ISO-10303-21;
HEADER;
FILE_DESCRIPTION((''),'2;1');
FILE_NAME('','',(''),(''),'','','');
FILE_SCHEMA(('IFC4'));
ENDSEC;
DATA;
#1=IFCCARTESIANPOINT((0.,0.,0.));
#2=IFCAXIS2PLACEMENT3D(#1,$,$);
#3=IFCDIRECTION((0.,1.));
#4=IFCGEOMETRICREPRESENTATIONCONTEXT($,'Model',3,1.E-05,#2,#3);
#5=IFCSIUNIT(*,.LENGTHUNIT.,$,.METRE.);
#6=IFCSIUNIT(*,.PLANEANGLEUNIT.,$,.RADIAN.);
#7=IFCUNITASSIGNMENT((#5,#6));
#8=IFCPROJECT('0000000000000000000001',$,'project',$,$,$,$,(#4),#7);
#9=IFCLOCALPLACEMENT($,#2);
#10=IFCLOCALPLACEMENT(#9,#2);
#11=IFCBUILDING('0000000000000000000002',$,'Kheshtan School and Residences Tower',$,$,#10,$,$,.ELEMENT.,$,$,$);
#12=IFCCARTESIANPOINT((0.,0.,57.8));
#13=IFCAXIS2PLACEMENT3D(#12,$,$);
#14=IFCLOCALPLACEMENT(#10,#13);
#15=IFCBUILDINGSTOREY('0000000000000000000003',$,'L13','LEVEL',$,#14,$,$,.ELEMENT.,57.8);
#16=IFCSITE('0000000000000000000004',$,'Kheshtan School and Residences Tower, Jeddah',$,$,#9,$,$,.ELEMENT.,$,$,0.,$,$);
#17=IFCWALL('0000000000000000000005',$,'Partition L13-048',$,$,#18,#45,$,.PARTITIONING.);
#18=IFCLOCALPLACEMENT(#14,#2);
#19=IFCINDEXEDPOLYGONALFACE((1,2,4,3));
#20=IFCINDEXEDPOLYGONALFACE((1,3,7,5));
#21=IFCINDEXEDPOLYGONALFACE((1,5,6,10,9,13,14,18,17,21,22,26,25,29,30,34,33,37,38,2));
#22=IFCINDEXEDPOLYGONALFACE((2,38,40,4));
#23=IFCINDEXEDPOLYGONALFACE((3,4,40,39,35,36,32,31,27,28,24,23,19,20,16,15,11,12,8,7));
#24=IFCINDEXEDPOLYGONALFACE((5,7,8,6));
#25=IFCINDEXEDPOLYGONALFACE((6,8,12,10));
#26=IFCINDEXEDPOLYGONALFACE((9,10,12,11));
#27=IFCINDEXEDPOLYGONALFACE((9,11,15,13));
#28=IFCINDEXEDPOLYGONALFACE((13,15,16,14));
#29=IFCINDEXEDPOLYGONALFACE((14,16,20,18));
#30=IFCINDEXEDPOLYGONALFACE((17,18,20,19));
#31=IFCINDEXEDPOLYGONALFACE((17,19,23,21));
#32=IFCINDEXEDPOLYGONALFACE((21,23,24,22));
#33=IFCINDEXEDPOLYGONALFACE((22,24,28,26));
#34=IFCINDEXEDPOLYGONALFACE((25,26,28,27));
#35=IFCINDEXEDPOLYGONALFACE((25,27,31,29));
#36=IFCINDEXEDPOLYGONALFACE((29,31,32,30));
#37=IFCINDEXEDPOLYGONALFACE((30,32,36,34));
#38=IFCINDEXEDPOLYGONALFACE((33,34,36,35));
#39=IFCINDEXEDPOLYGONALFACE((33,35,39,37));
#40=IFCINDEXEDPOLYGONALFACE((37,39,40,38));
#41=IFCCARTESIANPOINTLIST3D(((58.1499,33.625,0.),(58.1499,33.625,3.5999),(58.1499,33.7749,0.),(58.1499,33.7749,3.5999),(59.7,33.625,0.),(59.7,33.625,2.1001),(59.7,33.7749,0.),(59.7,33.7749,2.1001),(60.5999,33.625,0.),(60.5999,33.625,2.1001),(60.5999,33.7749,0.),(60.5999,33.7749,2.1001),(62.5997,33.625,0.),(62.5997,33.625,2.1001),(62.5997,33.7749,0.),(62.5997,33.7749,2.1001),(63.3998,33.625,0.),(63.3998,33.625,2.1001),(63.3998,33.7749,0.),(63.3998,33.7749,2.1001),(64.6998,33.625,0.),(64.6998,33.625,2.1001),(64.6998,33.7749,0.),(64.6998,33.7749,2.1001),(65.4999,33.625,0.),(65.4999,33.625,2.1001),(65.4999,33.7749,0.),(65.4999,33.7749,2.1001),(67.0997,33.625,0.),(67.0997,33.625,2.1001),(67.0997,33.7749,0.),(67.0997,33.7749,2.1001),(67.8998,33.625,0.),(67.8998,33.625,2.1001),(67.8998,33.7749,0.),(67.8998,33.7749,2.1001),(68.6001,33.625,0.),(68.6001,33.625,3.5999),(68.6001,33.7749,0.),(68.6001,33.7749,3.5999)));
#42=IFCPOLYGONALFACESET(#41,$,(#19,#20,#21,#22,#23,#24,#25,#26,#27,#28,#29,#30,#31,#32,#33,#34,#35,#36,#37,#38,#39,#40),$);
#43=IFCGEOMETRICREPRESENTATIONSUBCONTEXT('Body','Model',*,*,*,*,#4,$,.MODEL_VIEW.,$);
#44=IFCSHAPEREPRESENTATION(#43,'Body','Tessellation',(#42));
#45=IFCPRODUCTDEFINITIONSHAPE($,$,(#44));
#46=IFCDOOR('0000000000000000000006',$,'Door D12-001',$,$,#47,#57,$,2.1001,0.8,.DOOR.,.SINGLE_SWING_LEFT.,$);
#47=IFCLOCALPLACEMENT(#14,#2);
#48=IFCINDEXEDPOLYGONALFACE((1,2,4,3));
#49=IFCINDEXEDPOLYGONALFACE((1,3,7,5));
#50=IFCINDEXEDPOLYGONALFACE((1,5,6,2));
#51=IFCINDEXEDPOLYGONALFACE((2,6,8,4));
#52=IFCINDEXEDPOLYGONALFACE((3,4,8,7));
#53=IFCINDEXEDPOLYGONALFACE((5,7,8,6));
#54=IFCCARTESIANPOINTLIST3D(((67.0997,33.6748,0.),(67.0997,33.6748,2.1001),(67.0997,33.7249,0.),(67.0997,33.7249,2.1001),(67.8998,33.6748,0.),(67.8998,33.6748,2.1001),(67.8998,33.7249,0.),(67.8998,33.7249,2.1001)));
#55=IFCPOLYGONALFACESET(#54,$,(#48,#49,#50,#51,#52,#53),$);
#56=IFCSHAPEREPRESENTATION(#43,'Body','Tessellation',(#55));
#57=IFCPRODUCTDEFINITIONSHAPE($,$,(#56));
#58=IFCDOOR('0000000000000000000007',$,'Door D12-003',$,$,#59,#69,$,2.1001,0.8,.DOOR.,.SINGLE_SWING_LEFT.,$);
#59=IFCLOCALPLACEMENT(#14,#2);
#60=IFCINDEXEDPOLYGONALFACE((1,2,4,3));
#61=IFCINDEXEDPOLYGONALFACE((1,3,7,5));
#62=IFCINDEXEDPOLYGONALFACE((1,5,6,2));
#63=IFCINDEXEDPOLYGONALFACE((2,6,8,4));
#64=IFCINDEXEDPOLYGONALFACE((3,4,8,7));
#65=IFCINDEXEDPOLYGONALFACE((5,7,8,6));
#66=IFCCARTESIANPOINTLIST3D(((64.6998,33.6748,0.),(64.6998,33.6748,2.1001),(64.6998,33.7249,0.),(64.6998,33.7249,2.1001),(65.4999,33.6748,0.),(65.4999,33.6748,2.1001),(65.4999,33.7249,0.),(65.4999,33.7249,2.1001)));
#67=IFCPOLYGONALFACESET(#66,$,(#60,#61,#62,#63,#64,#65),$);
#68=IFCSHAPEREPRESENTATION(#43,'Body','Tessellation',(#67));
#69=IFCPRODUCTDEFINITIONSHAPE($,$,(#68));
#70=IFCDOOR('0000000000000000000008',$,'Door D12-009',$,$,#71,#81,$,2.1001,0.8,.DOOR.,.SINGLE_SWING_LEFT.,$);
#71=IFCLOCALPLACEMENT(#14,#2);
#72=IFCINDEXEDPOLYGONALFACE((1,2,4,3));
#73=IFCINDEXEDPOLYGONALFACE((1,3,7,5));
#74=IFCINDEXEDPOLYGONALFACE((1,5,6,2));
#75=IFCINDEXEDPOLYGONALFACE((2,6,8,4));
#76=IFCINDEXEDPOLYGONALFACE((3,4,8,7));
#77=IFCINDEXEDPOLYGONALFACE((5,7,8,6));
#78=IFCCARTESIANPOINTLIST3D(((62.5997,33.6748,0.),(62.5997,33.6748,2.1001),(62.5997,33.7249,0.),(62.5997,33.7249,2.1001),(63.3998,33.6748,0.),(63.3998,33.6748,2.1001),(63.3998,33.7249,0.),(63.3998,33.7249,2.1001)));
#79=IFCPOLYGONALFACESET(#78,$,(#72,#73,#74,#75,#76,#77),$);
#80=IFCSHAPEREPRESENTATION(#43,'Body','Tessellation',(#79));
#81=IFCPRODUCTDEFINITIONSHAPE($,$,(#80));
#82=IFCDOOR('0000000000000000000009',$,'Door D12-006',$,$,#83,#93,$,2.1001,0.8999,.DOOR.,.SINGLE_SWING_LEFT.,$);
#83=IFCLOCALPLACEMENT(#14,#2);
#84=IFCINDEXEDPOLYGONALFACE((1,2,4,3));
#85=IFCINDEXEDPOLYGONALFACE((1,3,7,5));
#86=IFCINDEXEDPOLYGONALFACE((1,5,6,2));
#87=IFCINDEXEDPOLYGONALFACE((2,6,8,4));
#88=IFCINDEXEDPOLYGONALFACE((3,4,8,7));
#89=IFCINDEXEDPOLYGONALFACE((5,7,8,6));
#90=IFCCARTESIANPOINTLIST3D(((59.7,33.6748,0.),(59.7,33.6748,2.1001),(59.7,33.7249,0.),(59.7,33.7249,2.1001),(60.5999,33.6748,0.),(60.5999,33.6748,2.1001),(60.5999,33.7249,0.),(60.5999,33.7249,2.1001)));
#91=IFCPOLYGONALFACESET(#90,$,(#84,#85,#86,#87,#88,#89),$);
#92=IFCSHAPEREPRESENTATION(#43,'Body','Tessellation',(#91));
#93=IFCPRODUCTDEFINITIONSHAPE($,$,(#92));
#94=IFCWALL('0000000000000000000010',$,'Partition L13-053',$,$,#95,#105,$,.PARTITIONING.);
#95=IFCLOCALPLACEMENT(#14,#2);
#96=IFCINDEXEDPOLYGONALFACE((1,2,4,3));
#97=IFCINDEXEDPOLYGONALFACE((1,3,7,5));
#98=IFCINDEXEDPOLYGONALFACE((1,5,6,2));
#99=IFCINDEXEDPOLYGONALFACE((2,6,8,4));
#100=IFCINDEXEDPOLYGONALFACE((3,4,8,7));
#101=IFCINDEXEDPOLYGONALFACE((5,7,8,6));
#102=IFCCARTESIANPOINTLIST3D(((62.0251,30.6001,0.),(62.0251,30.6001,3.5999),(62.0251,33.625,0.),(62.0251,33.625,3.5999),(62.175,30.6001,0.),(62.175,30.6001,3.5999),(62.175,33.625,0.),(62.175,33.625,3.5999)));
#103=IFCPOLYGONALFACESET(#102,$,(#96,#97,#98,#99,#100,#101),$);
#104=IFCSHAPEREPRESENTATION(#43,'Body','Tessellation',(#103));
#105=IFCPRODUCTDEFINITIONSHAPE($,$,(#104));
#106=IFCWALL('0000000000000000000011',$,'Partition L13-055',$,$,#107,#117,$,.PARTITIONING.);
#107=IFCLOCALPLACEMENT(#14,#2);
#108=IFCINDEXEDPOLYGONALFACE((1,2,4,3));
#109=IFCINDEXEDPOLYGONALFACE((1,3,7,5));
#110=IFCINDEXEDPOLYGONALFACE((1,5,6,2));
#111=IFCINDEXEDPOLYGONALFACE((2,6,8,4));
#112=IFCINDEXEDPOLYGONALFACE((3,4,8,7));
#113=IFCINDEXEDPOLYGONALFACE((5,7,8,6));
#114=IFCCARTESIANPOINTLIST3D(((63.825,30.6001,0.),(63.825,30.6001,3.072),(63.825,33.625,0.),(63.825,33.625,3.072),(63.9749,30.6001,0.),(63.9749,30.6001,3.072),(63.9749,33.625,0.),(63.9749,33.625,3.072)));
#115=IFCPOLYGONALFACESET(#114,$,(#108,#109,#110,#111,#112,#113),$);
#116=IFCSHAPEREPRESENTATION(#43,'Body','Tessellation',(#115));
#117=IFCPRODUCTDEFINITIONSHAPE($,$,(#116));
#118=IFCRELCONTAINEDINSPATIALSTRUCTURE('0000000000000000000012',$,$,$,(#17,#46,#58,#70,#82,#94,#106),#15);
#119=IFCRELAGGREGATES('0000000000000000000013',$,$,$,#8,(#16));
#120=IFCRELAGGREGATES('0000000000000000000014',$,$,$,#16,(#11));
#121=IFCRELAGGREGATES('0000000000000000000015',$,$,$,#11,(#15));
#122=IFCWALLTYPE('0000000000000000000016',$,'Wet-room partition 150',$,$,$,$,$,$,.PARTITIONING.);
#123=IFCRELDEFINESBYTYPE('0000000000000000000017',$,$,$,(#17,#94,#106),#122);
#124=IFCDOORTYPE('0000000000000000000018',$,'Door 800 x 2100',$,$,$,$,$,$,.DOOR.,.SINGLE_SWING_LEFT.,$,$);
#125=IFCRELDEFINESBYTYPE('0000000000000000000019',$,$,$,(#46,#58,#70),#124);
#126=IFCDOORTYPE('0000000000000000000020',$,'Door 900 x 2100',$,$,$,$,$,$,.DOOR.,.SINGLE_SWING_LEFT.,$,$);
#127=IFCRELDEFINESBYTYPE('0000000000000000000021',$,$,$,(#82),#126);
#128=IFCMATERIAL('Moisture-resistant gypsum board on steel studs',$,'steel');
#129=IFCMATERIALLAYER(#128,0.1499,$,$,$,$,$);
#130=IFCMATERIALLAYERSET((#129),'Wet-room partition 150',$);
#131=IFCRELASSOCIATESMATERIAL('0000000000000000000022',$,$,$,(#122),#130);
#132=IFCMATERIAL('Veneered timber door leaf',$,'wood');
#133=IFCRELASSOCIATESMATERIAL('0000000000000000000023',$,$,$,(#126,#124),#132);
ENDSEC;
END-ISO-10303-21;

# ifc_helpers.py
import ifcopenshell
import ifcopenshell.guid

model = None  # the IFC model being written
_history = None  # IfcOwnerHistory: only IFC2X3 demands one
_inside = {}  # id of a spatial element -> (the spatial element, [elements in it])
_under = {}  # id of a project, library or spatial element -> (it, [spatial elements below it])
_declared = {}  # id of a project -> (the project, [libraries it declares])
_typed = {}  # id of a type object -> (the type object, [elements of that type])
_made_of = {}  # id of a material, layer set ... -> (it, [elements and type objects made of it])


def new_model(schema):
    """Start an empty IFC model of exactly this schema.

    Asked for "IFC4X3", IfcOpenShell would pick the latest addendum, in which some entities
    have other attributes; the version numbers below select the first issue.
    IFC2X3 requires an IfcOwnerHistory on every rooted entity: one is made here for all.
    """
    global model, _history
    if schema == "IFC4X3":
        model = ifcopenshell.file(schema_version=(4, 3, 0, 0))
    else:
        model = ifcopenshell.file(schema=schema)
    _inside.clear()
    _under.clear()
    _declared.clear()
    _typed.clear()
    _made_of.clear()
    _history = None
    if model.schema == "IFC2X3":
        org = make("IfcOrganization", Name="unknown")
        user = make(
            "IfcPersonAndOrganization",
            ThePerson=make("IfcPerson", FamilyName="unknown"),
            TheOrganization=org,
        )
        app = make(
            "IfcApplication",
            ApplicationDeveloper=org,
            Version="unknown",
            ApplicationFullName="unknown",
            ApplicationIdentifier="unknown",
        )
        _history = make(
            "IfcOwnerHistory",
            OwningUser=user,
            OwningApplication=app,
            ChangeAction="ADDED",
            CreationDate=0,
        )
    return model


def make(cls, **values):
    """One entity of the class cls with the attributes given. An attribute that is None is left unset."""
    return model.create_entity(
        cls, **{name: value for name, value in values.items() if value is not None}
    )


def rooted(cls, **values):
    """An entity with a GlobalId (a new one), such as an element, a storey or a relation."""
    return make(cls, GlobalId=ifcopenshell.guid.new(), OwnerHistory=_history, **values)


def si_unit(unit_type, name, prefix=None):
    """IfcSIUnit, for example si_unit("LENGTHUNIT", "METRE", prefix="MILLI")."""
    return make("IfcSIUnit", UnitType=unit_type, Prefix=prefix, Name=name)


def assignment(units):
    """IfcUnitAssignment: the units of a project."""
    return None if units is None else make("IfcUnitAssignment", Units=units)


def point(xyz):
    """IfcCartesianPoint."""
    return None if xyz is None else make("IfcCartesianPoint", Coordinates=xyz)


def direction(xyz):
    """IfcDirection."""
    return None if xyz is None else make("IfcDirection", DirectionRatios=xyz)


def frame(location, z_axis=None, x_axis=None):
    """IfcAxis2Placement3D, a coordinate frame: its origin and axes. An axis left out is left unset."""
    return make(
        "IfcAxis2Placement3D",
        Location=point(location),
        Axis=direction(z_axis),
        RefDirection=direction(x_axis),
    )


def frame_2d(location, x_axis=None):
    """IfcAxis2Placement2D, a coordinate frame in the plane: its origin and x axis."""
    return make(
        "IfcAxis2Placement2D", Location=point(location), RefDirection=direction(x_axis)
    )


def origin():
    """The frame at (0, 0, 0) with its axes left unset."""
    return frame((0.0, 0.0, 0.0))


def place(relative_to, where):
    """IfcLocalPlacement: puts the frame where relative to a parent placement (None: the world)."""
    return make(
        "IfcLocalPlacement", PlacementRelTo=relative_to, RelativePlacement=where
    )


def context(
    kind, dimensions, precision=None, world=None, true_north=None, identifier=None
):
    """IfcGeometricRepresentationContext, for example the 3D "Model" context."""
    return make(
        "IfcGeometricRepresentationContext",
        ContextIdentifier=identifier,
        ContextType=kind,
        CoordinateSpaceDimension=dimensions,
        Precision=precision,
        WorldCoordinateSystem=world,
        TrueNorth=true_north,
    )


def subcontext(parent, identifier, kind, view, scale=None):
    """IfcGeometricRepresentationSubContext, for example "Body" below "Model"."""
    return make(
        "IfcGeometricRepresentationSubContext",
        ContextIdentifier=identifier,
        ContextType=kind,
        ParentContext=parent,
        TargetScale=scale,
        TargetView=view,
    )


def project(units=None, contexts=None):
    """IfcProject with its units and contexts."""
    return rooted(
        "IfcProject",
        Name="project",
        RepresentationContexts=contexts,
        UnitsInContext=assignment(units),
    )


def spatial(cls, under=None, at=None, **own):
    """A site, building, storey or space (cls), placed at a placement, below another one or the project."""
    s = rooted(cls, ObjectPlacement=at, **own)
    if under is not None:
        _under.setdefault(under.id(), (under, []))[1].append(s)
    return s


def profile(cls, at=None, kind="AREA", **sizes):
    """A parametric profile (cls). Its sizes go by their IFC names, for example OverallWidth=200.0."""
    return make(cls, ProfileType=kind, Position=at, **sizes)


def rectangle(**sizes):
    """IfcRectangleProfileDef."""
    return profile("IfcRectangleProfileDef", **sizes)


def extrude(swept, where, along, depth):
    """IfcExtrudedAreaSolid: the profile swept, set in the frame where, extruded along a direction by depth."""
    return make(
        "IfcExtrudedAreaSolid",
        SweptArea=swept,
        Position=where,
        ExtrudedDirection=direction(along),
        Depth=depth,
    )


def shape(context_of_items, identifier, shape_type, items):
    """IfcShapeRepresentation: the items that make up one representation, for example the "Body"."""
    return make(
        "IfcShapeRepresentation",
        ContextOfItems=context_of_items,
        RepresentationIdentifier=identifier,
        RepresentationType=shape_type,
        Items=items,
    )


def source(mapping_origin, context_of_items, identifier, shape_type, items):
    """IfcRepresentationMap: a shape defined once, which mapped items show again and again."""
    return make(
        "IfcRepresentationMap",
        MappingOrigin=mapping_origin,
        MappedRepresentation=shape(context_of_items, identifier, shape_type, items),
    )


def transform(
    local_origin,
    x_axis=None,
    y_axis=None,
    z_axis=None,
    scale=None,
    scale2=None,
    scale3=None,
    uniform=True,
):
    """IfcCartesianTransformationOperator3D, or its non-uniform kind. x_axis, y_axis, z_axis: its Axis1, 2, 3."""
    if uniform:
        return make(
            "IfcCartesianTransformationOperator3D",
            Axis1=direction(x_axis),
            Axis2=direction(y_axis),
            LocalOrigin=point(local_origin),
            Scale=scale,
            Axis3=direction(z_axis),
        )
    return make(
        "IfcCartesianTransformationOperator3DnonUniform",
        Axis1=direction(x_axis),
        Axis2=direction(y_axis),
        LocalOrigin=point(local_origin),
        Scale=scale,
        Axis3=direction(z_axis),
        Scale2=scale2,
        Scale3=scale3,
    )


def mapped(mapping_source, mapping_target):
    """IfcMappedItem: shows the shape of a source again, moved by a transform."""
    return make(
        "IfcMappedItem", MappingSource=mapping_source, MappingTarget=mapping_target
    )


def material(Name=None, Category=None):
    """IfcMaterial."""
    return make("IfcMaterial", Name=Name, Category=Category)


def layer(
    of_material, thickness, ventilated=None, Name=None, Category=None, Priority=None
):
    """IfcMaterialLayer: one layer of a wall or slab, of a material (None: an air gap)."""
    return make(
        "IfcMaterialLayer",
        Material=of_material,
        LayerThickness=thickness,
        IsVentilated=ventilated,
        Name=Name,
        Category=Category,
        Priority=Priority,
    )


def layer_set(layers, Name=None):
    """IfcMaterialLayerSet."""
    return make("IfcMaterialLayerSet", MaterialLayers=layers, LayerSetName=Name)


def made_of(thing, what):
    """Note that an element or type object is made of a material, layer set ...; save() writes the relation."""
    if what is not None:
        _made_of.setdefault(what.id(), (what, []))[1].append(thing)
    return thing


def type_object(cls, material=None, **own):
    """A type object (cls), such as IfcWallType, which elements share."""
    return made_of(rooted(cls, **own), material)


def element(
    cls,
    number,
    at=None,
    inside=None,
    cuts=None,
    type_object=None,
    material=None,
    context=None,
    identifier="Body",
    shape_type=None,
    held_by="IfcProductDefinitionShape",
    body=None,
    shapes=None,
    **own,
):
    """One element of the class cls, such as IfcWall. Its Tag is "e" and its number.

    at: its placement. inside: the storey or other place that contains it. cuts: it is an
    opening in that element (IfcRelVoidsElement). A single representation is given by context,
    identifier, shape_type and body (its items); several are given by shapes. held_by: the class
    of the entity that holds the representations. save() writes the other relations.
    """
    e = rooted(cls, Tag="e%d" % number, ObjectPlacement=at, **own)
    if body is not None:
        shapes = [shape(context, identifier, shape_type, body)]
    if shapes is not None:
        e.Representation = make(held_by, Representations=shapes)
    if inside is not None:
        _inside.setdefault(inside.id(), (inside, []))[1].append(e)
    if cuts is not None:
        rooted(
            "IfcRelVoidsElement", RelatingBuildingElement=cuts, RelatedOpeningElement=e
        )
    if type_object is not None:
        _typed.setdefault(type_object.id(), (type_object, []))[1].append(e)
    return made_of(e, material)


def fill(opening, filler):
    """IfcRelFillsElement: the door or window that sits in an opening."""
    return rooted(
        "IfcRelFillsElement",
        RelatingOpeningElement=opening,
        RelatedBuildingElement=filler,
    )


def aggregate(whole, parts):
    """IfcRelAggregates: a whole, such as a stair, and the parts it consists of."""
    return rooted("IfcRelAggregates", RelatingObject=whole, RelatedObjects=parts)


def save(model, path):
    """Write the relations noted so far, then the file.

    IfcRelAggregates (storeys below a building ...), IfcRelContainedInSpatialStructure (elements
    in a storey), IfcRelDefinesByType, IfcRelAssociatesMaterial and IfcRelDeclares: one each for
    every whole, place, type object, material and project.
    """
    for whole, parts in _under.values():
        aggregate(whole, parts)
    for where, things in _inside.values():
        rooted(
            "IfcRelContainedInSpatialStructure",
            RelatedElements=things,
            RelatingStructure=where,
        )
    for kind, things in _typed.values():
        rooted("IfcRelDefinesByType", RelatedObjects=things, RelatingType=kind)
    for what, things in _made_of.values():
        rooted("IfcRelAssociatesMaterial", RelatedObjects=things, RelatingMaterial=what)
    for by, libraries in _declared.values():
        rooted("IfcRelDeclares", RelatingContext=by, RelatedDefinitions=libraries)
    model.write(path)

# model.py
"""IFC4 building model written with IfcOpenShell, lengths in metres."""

from ifc_helpers import new_model, si_unit, direction, frame, frame_2d, origin, place, context, subcontext, project, spatial, rectangle, extrude, source, transform, mapped, material, layer, layer_set, type_object, element, fill, save


model = new_model("IFC4")

# Units and contexts
model_context = context("Model", 3, precision=1e-05, world=origin(), true_north=direction((0.0, 1.0)))
body_context = subcontext(model_context, "Body", "Model", "MODEL_VIEW")
ifc_project = project(units=[si_unit("LENGTHUNIT", "METRE"), si_unit("PLANEANGLEUNIT", "RADIAN")], contexts=[model_context])

# Site, building, storey
site_placement = place(None, origin())
site = spatial("IfcSite", under=ifc_project, at=site_placement, Name="Kheshtan School and Residences Tower, Jeddah", CompositionType="ELEMENT", RefElevation=0.0)
building_placement = place(site_placement, origin())
building = spatial("IfcBuilding", under=site, at=building_placement, Name="Kheshtan School and Residences Tower", CompositionType="ELEMENT")
storey_placement = place(building_placement, frame((0.0, 0.0, 57.8)))
storey = spatial("IfcBuildingStorey", under=building, at=storey_placement, Name="L13", Description="LEVEL", CompositionType="ELEMENT", Elevation=57.8)

# Wall, openings, doors
ifc_material_1 = material(Name="Moisture-resistant gypsum board on steel studs", Category="steel")
ifc_layer_1 = layer(ifc_material_1, 0.1499)
ifc_layer_set_1 = layer_set([ifc_layer_1], Name="Wet-room partition 150")
wall_type_1 = type_object("IfcWallType", Name="Wet-room partition 150", PredefinedType="PARTITIONING", material=ifc_layer_set_1)
ifc_material_2 = material(Name="Veneered timber door leaf", Category="wood")
door_type_1 = type_object("IfcDoorType", Name="Door 900 x 2100", OperationType="SINGLE_SWING_LEFT", PredefinedType="DOOR", material=ifc_material_2)
shared_shape_1 = source(origin(), body_context, "Body", "SweptSolid", [
    extrude(rectangle(XDim=0.8999, YDim=2.1001, at=frame_2d((0.45, 1.05))), frame((0.0, 0.0249, 0.0), z_axis=(0.0, -1.0, 0.0), x_axis=(1.0, 0.0, 0.0)), (0.0, 0.0, 1.0), 0.05),
])
wall_1_placement = place(storey_placement, frame((58.1499, 33.7, 0.0), z_axis=(0.0, 0.0, 1.0), x_axis=(1.0, 0.0, 0.0)))
wall_1 = element("IfcWall", 1, at=wall_1_placement, inside=storey, type_object=wall_type_1, Name="Partition L13-048", PredefinedType="PARTITIONING", context=body_context, shape_type="SweptSolid", body=[
    extrude(rectangle(XDim=10.4502, YDim=0.1499, at=frame_2d((5.2251, 0.0))), origin(), (0.0, 0.0, 1.0), 3.5999),
])
opening_1_placement = place(wall_1_placement, frame((8.95, 0.0, 0.0)))
opening_1 = element("IfcOpeningElement", 2, at=opening_1_placement, cuts=wall_1, PredefinedType="OPENING", context=body_context, shape_type="SweptSolid", body=[
    extrude(rectangle(XDim=0.8, YDim=2.1001, at=frame_2d((0.3999, 1.05))), frame((0.0, 0.085, 0.0), z_axis=(0.0, -1.0, 0.0), x_axis=(1.0, 0.0, 0.0)), (0.0, 0.0, 1.0), 0.1699),
])
opening_2_placement = place(wall_1_placement, frame((6.55, 0.0, 0.0)))
opening_2 = element("IfcOpeningElement", 3, at=opening_2_placement, cuts=wall_1, PredefinedType="OPENING", context=body_context, shape_type="SweptSolid", body=[
    extrude(rectangle(XDim=0.8, YDim=2.1001, at=frame_2d((0.3999, 1.05))), frame((0.0, 0.085, 0.0), z_axis=(0.0, -1.0, 0.0), x_axis=(1.0, 0.0, 0.0)), (0.0, 0.0, 1.0), 0.1699),
])
opening_3_placement = place(wall_1_placement, frame((1.55, 0.0, 0.0)))
opening_3 = element("IfcOpeningElement", 4, at=opening_3_placement, cuts=wall_1, PredefinedType="OPENING", context=body_context, shape_type="SweptSolid", body=[
    extrude(rectangle(XDim=0.8999, YDim=2.1001, at=frame_2d((0.45, 1.05))), frame((0.0, 0.085, 0.0), z_axis=(0.0, -1.0, 0.0), x_axis=(1.0, 0.0, 0.0)), (0.0, 0.0, 1.0), 0.1699),
])
opening_4_placement = place(wall_1_placement, frame((4.45, 0.0, 0.0)))
opening_4 = element("IfcOpeningElement", 5, at=opening_4_placement, cuts=wall_1, PredefinedType="OPENING", context=body_context, shape_type="SweptSolid", body=[
    extrude(rectangle(XDim=0.8, YDim=2.1001, at=frame_2d((0.3999, 1.05))), frame((0.0, 0.085, 0.0), z_axis=(0.0, -1.0, 0.0), x_axis=(1.0, 0.0, 0.0)), (0.0, 0.0, 1.0), 0.1699),
])
door_type_2 = type_object("IfcDoorType", Name="Door 800 x 2100", OperationType="SINGLE_SWING_LEFT", PredefinedType="DOOR", material=ifc_material_2)
shared_shape_2 = source(origin(), body_context, "Body", "SweptSolid", [
    extrude(rectangle(XDim=0.8, YDim=2.1001, at=frame_2d((0.3999, 1.05))), frame((0.0, 0.0249, 0.0), z_axis=(0.0, -1.0, 0.0), x_axis=(1.0, 0.0, 0.0)), (0.0, 0.0, 1.0), 0.05),
])
door_1_placement = place(opening_1_placement, origin())
door_1 = element("IfcDoor", 6, at=door_1_placement, inside=storey, type_object=door_type_2, Name="Door D12-001", OperationType="SINGLE_SWING_LEFT", OverallHeight=2.1001, OverallWidth=0.8, PredefinedType="DOOR", context=body_context, shape_type="MappedRepresentation", body=[
    mapped(shared_shape_2, transform((0.0, 0.0, 0.0), x_axis=(1.0, 0.0, 0.0), y_axis=(0.0, 1.0, 0.0), z_axis=(0.0, 0.0, 1.0), scale=1.0)),
])
fill(opening_1, door_1)
door_2_placement = place(opening_2_placement, origin())
door_2 = element("IfcDoor", 7, at=door_2_placement, inside=storey, type_object=door_type_2, Name="Door D12-003", OperationType="SINGLE_SWING_LEFT", OverallHeight=2.1001, OverallWidth=0.8, PredefinedType="DOOR", context=body_context, shape_type="MappedRepresentation", body=[
    mapped(shared_shape_2, transform((0.0, 0.0, 0.0), x_axis=(1.0, 0.0, 0.0), y_axis=(0.0, 1.0, 0.0), z_axis=(0.0, 0.0, 1.0), scale=1.0)),
])
fill(opening_2, door_2)
door_3_placement = place(opening_4_placement, origin())
door_3 = element("IfcDoor", 8, at=door_3_placement, inside=storey, type_object=door_type_2, Name="Door D12-009", OperationType="SINGLE_SWING_LEFT", OverallHeight=2.1001, OverallWidth=0.8, PredefinedType="DOOR", context=body_context, shape_type="MappedRepresentation", body=[
    mapped(shared_shape_2, transform((0.0, 0.0, 0.0), x_axis=(1.0, 0.0, 0.0), y_axis=(0.0, 1.0, 0.0), z_axis=(0.0, 0.0, 1.0), scale=1.0)),
])
fill(opening_4, door_3)
door_4_placement = place(opening_3_placement, origin())
door_4 = element("IfcDoor", 9, at=door_4_placement, inside=storey, type_object=door_type_1, Name="Door D12-006", OperationType="SINGLE_SWING_LEFT", OverallHeight=2.1001, OverallWidth=0.8999, PredefinedType="DOOR", context=body_context, shape_type="MappedRepresentation", body=[
    mapped(shared_shape_1, transform((0.0, 0.0, 0.0), x_axis=(1.0, 0.0, 0.0), y_axis=(0.0, 1.0, 0.0), z_axis=(0.0, 0.0, 1.0), scale=1.0)),
])
fill(opening_3, door_4)

# Walls
wall_2_placement = place(storey_placement, frame((62.1001, 30.6001, 0.0), z_axis=(0.0, 0.0, 1.0), x_axis=(0.0, 1.0, 0.0)))
element("IfcWall", 10, at=wall_2_placement, inside=storey, type_object=wall_type_1, Name="Partition L13-053", PredefinedType="PARTITIONING", context=body_context, shape_type="SweptSolid", body=[
    extrude(rectangle(XDim=3.0249, YDim=0.1499, at=frame_2d((1.5125, 0.0))), origin(), (0.0, 0.0, 1.0), 3.5999),
])
wall_3_placement = place(storey_placement, frame((63.8999, 30.6001, 0.0), z_axis=(0.0, 0.0, 1.0), x_axis=(0.0, 1.0, 0.0)))
element("IfcWall", 11, at=wall_3_placement, inside=storey, type_object=wall_type_1, Name="Partition L13-055", PredefinedType="PARTITIONING", context=body_context, shape_type="SweptSolid", body=[
    extrude(rectangle(XDim=3.0249, YDim=0.1499, at=frame_2d((1.5125, 0.0))), origin(), (0.0, 0.0, 1.0), 3.072),
])

save(model, "model.ifc")
